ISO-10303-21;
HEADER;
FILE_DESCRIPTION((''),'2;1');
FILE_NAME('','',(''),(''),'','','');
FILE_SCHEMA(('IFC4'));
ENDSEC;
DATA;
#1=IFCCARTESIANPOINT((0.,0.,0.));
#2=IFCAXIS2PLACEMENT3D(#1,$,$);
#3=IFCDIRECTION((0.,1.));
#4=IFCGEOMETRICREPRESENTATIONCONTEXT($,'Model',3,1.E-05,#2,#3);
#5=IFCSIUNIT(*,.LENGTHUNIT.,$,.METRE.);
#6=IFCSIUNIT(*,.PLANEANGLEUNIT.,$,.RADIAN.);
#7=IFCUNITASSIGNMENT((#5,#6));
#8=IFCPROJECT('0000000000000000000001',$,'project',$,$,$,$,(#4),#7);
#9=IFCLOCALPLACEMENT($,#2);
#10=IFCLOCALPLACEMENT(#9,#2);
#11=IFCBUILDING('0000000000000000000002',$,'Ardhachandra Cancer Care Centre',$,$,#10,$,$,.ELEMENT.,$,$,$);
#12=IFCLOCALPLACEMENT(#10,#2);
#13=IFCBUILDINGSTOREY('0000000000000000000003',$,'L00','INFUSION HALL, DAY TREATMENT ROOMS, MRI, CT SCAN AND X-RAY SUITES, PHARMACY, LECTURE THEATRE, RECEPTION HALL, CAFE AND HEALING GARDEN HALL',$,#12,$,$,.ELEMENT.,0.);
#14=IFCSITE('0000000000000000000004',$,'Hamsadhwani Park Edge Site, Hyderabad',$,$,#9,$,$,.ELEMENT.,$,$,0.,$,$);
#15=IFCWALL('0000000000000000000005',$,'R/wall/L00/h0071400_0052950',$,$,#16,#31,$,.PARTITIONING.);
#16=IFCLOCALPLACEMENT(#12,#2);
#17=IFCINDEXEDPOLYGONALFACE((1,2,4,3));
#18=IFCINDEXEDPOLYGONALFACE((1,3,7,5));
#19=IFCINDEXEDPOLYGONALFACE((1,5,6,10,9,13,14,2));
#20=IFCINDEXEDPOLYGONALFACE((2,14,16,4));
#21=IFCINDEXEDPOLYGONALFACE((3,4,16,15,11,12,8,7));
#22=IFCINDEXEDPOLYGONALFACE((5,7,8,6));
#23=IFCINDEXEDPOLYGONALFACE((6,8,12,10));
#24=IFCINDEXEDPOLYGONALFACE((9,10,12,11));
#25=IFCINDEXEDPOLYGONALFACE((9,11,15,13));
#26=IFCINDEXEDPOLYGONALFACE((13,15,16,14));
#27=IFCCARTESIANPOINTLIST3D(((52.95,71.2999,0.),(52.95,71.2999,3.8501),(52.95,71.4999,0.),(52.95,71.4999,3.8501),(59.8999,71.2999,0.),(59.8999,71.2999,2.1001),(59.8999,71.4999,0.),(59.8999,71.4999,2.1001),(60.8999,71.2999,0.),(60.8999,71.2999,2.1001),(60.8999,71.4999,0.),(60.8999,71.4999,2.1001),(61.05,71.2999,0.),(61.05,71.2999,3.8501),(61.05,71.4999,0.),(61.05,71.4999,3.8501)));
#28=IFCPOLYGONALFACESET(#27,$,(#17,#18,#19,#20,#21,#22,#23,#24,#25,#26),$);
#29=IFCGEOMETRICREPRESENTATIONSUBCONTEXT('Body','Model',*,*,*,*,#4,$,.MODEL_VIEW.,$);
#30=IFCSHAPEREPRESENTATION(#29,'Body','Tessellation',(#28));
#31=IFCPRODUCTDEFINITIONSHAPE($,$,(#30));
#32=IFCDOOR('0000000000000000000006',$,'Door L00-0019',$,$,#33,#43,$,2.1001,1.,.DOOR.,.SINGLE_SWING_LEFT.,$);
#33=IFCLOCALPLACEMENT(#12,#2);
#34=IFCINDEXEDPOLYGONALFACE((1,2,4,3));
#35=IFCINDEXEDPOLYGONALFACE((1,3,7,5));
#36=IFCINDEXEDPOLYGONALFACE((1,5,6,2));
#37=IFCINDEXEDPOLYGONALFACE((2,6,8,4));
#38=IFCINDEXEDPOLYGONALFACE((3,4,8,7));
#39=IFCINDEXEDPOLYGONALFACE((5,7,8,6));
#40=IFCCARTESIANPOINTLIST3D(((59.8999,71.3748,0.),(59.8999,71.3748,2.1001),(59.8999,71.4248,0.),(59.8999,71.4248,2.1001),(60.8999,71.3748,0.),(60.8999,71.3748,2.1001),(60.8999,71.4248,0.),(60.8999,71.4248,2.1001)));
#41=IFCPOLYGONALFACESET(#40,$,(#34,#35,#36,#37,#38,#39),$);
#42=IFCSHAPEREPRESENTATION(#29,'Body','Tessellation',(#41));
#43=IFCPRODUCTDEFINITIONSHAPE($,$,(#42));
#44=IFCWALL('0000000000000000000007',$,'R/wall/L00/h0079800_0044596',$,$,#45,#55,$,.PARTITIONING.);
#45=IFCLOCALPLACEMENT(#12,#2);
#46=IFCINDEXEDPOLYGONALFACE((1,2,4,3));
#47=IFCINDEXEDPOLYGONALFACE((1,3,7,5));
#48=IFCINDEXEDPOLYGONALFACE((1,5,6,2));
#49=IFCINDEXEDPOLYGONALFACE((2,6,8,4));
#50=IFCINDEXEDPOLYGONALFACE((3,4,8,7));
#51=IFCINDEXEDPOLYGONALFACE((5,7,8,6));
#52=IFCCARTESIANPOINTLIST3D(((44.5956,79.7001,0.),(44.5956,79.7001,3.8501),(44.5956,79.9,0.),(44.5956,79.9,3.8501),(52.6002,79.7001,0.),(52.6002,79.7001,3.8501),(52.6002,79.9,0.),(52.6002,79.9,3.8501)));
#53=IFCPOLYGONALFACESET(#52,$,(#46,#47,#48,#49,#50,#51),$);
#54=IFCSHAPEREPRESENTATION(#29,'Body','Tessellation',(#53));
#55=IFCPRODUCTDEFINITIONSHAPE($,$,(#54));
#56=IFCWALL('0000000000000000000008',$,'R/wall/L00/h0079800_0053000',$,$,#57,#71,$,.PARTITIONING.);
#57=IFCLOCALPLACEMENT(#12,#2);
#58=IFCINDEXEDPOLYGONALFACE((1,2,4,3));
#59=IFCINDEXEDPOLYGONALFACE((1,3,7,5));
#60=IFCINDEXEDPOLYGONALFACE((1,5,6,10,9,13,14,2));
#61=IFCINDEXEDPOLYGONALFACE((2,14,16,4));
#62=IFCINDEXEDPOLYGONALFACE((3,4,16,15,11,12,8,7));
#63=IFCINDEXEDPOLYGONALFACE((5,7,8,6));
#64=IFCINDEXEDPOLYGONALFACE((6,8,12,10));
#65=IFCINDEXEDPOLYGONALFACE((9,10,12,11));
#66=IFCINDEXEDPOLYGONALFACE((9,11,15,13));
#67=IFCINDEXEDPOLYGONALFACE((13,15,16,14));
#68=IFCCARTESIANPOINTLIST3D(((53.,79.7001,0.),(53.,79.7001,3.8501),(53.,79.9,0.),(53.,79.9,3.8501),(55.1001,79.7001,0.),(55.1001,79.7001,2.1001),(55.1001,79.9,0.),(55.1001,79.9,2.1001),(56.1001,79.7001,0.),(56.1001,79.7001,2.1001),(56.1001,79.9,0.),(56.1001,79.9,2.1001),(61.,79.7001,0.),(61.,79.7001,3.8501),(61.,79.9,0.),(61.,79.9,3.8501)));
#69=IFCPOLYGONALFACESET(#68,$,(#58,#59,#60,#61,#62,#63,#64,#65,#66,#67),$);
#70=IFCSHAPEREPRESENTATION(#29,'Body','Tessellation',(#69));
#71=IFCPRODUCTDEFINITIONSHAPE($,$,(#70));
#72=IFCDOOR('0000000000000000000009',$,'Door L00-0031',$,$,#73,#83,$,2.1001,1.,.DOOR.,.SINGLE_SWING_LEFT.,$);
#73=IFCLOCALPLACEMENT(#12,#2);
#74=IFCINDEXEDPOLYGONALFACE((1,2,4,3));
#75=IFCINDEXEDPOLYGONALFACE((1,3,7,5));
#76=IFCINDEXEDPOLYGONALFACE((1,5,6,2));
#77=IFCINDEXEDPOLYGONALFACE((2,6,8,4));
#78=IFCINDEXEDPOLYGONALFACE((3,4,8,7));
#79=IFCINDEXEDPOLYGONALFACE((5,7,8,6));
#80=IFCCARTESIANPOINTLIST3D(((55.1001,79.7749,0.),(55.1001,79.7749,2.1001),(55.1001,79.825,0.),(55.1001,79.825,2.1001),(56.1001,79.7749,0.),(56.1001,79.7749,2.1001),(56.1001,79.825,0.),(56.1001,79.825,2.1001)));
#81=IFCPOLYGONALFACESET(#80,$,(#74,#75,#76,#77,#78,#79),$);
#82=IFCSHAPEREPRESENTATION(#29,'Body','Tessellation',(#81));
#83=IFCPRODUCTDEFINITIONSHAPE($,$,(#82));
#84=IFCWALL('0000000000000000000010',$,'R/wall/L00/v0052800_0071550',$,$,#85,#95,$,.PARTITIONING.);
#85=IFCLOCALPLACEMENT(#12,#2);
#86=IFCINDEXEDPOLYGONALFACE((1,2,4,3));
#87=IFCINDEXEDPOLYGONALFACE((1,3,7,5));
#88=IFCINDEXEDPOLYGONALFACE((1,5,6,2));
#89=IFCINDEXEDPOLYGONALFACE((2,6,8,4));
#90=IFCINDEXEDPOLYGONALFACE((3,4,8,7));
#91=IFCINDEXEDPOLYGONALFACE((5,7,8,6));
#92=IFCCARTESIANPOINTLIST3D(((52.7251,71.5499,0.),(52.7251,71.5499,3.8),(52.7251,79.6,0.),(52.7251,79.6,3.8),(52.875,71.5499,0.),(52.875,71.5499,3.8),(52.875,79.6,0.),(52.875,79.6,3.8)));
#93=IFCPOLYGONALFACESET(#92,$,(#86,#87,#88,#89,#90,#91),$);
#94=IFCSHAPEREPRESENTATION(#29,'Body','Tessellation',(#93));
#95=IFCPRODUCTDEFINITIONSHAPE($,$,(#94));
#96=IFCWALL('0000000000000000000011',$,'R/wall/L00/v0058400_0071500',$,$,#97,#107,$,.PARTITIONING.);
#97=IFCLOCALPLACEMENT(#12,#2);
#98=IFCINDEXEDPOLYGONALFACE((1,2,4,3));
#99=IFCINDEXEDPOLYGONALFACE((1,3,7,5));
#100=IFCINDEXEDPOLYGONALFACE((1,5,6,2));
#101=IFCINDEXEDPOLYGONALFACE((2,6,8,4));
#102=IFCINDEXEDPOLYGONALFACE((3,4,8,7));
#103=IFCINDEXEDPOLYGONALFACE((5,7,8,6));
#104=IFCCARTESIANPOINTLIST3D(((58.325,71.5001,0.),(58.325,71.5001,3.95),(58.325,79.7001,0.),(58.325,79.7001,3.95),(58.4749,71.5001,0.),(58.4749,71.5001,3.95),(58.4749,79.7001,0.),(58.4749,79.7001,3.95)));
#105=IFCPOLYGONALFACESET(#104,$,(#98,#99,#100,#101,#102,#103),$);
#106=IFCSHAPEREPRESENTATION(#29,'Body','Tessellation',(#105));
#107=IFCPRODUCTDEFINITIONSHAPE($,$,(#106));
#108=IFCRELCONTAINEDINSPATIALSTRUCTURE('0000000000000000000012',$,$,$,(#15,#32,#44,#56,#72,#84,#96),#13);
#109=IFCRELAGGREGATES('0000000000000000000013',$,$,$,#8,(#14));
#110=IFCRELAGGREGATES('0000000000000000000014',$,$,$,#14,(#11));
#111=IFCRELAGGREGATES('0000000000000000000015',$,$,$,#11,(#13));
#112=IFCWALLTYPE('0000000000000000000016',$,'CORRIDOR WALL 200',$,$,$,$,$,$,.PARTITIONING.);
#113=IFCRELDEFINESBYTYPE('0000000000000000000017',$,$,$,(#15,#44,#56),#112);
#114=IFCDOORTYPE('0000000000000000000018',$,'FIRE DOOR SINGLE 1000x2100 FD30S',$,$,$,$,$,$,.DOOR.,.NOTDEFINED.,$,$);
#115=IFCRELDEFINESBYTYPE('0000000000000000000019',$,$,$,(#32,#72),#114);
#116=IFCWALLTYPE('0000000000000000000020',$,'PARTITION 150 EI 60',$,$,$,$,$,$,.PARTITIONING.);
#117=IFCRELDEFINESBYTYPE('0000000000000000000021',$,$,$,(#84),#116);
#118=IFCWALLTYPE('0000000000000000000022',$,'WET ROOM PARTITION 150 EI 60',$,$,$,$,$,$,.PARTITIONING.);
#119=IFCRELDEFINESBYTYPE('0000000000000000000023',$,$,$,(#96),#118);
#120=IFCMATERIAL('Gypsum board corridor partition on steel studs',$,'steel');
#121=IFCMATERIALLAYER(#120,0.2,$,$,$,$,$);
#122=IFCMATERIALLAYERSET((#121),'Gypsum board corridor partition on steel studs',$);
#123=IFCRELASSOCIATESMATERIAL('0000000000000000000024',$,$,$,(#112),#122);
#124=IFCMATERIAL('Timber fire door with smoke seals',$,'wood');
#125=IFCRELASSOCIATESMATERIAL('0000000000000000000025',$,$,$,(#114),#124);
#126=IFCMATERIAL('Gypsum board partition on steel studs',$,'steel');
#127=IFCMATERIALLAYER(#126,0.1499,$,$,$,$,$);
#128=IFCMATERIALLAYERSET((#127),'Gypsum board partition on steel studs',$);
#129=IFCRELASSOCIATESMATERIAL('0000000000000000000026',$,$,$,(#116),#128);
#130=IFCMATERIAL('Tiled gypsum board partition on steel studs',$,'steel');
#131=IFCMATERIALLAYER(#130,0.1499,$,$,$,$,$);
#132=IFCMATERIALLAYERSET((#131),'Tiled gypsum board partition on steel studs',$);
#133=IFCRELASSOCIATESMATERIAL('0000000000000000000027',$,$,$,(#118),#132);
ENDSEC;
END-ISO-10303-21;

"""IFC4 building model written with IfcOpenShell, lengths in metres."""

from ifc_helpers import new_model, si_unit, direction, frame, frame_2d, origin, place, context, subcontext, project, spatial, rectangle, extrude, material, layer, layer_set, type_object, element, fill, save


model = new_model("IFC4")

# Units and contexts
model_context = context("Model", 3, precision=1e-05, world=origin(), true_north=direction((0.0, 1.0)))
body_context = subcontext(model_context, "Body", "Model", "MODEL_VIEW")
ifc_project = project(units=[si_unit("LENGTHUNIT", "METRE"), si_unit("PLANEANGLEUNIT", "RADIAN")], contexts=[model_context])

# Site, building, storey
site_placement = place(None, origin())
site = spatial("IfcSite", under=ifc_project, at=site_placement, Name="Hamsadhwani Park Edge Site, Hyderabad", CompositionType="ELEMENT", RefElevation=0.0)
building_placement = place(site_placement, origin())
building = spatial("IfcBuilding", under=site, at=building_placement, Name="Ardhachandra Cancer Care Centre", CompositionType="ELEMENT")
storey_placement = place(building_placement, origin())
storey = spatial("IfcBuildingStorey", under=building, at=storey_placement, Name="L00", Description="INFUSION HALL, DAY TREATMENT ROOMS, MRI, CT SCAN AND X-RAY SUITES, PHARMACY, LECTURE THEATRE, RECEPTION HALL, CAFE AND HEALING GARDEN HALL", CompositionType="ELEMENT", Elevation=0.0)

# Wall, opening, door
ifc_material_1 = material(Name="Gypsum board corridor partition on steel studs", Category="steel")
ifc_layer_1 = layer(ifc_material_1, 0.2)
ifc_layer_set_1 = layer_set([ifc_layer_1], Name="Gypsum board corridor partition on steel studs")
wall_type_1 = type_object("IfcWallType", Name="CORRIDOR WALL 200", PredefinedType="PARTITIONING", material=ifc_layer_set_1)
ifc_material_2 = material(Name="Timber fire door with smoke seals", Category="wood")
door_type = type_object("IfcDoorType", Name="FIRE DOOR SINGLE 1000x2100 FD30S", OperationType="NOTDEFINED", PredefinedType="DOOR", material=ifc_material_2)
wall_1_placement = place(storey_placement, frame((52.95, 71.3999, 0.0), z_axis=(0.0, 0.0, 1.0), x_axis=(1.0, 0.0, 0.0)))
wall_1 = element("IfcWall", 1, at=wall_1_placement, inside=storey, type_object=wall_type_1, Name="R/wall/L00/h0071400_0052950", PredefinedType="PARTITIONING", context=body_context, shape_type="SweptSolid", body=[
    extrude(rectangle(XDim=8.1001, YDim=0.2, at=frame_2d((4.05, 0.0))), origin(), (0.0, 0.0, 1.0), 3.8501),
])
opening_1_placement = place(wall_1_placement, frame((6.95, 0.0, 0.0)))
opening_1 = element("IfcOpeningElement", 2, at=opening_1_placement, cuts=wall_1, PredefinedType="OPENING", context=body_context, shape_type="SweptSolid", body=[
    extrude(rectangle(XDim=1.0, YDim=2.1001, at=frame_2d((0.5, 1.05))), frame((0.0, 0.1099, 0.0), z_axis=(0.0, -1.0, 0.0), x_axis=(1.0, 0.0, 0.0)), (0.0, 0.0, 1.0), 0.22),
])
door_1_placement = place(opening_1_placement, origin())
door_1 = element("IfcDoor", 3, at=door_1_placement, inside=storey, type_object=door_type, Name="Door L00-0019", OperationType="SINGLE_SWING_LEFT", OverallHeight=2.1001, OverallWidth=1.0, PredefinedType="DOOR", context=body_context, shape_type="SweptSolid", body=[
    extrude(rectangle(XDim=1.0, YDim=2.1001, at=frame_2d((0.5, 1.05))), frame((0.0, 0.0249, 0.0), z_axis=(0.0, -1.0, 0.0), x_axis=(1.0, 0.0, 0.0)), (0.0, 0.0, 1.0), 0.05),
])
fill(opening_1, door_1)

# Wall
wall_2_placement = place(storey_placement, frame((44.5955, 79.8, 0.0), z_axis=(0.0, 0.0, 1.0), x_axis=(1.0, 0.0, 0.0)))
element("IfcWall", 4, at=wall_2_placement, inside=storey, type_object=wall_type_1, Name="R/wall/L00/h0079800_0044596", PredefinedType="PARTITIONING", context=body_context, shape_type="SweptSolid", body=[
    extrude(rectangle(XDim=8.0046, YDim=0.2, at=frame_2d((4.0024, 0.0))), origin(), (0.0, 0.0, 1.0), 3.8501),
])

# Wall, opening, door
wall_3_placement = place(storey_placement, frame((53.0, 79.8, 0.0), z_axis=(0.0, 0.0, 1.0), x_axis=(1.0, 0.0, 0.0)))
wall_3 = element("IfcWall", 5, at=wall_3_placement, inside=storey, type_object=wall_type_1, Name="R/wall/L00/h0079800_0053000", PredefinedType="PARTITIONING", context=body_context, shape_type="SweptSolid", body=[
    extrude(rectangle(XDim=8.0, YDim=0.2, at=frame_2d((4.0, 0.0))), origin(), (0.0, 0.0, 1.0), 3.8501),
])
opening_2_placement = place(wall_3_placement, frame((2.1001, 0.0, 0.0)))
opening_2 = element("IfcOpeningElement", 6, at=opening_2_placement, cuts=wall_3, PredefinedType="OPENING", context=body_context, shape_type="SweptSolid", body=[
    extrude(rectangle(XDim=1.0, YDim=2.1001, at=frame_2d((0.5, 1.05))), frame((0.0, 0.1099, 0.0), z_axis=(0.0, -1.0, 0.0), x_axis=(1.0, 0.0, 0.0)), (0.0, 0.0, 1.0), 0.22),
])
door_2_placement = place(opening_2_placement, origin())
door_2 = element("IfcDoor", 7, at=door_2_placement, inside=storey, type_object=door_type, Name="Door L00-0031", OperationType="SINGLE_SWING_LEFT", OverallHeight=2.1001, OverallWidth=1.0, PredefinedType="DOOR", context=body_context, shape_type="SweptSolid", body=[
    extrude(rectangle(XDim=1.0, YDim=2.1001, at=frame_2d((0.5, 1.05))), frame((0.0, 0.0249, 0.0), z_axis=(0.0, -1.0, 0.0), x_axis=(1.0, 0.0, 0.0)), (0.0, 0.0, 1.0), 0.05),
])
fill(opening_2, door_2)

# Walls
ifc_material_3 = material(Name="Gypsum board partition on steel studs", Category="steel")
ifc_layer_2 = layer(ifc_material_3, 0.1499)
ifc_layer_set_2 = layer_set([ifc_layer_2], Name="Gypsum board partition on steel studs")
wall_type_2 = type_object("IfcWallType", Name="PARTITION 150 EI 60", PredefinedType="PARTITIONING", material=ifc_layer_set_2)
wall_4_placement = place(storey_placement, frame((52.8, 71.55, 0.0), z_axis=(0.0, 0.0, 1.0), x_axis=(0.0, 1.0, 0.0)))
element("IfcWall", 8, at=wall_4_placement, inside=storey, type_object=wall_type_2, Name="R/wall/L00/v0052800_0071550", PredefinedType="PARTITIONING", context=body_context, shape_type="SweptSolid", body=[
    extrude(rectangle(XDim=8.05, YDim=0.1499, at=frame_2d((4.0249, 0.0))), origin(), (0.0, 0.0, 1.0), 3.8),
])
ifc_material_4 = material(Name="Tiled gypsum board partition on steel studs", Category="steel")
ifc_layer_3 = layer(ifc_material_4, 0.1499)
ifc_layer_set_3 = layer_set([ifc_layer_3], Name="Tiled gypsum board partition on steel studs")
wall_type_3 = type_object("IfcWallType", Name="WET ROOM PARTITION 150 EI 60", PredefinedType="PARTITIONING", material=ifc_layer_set_3)
wall_5_placement = place(storey_placement, frame((58.3999, 71.5, 0.0), z_axis=(0.0, 0.0, 1.0), x_axis=(0.0, 1.0, 0.0)))
element("IfcWall", 9, at=wall_5_placement, inside=storey, type_object=wall_type_3, Name="R/wall/L00/v0058400_0071500", PredefinedType="PARTITIONING", context=body_context, shape_type="SweptSolid", body=[
    extrude(rectangle(XDim=8.2, YDim=0.1499, at=frame_2d((4.1001, 0.0))), origin(), (0.0, 0.0, 1.0), 3.95),
])

save(model, "model.ifc")
